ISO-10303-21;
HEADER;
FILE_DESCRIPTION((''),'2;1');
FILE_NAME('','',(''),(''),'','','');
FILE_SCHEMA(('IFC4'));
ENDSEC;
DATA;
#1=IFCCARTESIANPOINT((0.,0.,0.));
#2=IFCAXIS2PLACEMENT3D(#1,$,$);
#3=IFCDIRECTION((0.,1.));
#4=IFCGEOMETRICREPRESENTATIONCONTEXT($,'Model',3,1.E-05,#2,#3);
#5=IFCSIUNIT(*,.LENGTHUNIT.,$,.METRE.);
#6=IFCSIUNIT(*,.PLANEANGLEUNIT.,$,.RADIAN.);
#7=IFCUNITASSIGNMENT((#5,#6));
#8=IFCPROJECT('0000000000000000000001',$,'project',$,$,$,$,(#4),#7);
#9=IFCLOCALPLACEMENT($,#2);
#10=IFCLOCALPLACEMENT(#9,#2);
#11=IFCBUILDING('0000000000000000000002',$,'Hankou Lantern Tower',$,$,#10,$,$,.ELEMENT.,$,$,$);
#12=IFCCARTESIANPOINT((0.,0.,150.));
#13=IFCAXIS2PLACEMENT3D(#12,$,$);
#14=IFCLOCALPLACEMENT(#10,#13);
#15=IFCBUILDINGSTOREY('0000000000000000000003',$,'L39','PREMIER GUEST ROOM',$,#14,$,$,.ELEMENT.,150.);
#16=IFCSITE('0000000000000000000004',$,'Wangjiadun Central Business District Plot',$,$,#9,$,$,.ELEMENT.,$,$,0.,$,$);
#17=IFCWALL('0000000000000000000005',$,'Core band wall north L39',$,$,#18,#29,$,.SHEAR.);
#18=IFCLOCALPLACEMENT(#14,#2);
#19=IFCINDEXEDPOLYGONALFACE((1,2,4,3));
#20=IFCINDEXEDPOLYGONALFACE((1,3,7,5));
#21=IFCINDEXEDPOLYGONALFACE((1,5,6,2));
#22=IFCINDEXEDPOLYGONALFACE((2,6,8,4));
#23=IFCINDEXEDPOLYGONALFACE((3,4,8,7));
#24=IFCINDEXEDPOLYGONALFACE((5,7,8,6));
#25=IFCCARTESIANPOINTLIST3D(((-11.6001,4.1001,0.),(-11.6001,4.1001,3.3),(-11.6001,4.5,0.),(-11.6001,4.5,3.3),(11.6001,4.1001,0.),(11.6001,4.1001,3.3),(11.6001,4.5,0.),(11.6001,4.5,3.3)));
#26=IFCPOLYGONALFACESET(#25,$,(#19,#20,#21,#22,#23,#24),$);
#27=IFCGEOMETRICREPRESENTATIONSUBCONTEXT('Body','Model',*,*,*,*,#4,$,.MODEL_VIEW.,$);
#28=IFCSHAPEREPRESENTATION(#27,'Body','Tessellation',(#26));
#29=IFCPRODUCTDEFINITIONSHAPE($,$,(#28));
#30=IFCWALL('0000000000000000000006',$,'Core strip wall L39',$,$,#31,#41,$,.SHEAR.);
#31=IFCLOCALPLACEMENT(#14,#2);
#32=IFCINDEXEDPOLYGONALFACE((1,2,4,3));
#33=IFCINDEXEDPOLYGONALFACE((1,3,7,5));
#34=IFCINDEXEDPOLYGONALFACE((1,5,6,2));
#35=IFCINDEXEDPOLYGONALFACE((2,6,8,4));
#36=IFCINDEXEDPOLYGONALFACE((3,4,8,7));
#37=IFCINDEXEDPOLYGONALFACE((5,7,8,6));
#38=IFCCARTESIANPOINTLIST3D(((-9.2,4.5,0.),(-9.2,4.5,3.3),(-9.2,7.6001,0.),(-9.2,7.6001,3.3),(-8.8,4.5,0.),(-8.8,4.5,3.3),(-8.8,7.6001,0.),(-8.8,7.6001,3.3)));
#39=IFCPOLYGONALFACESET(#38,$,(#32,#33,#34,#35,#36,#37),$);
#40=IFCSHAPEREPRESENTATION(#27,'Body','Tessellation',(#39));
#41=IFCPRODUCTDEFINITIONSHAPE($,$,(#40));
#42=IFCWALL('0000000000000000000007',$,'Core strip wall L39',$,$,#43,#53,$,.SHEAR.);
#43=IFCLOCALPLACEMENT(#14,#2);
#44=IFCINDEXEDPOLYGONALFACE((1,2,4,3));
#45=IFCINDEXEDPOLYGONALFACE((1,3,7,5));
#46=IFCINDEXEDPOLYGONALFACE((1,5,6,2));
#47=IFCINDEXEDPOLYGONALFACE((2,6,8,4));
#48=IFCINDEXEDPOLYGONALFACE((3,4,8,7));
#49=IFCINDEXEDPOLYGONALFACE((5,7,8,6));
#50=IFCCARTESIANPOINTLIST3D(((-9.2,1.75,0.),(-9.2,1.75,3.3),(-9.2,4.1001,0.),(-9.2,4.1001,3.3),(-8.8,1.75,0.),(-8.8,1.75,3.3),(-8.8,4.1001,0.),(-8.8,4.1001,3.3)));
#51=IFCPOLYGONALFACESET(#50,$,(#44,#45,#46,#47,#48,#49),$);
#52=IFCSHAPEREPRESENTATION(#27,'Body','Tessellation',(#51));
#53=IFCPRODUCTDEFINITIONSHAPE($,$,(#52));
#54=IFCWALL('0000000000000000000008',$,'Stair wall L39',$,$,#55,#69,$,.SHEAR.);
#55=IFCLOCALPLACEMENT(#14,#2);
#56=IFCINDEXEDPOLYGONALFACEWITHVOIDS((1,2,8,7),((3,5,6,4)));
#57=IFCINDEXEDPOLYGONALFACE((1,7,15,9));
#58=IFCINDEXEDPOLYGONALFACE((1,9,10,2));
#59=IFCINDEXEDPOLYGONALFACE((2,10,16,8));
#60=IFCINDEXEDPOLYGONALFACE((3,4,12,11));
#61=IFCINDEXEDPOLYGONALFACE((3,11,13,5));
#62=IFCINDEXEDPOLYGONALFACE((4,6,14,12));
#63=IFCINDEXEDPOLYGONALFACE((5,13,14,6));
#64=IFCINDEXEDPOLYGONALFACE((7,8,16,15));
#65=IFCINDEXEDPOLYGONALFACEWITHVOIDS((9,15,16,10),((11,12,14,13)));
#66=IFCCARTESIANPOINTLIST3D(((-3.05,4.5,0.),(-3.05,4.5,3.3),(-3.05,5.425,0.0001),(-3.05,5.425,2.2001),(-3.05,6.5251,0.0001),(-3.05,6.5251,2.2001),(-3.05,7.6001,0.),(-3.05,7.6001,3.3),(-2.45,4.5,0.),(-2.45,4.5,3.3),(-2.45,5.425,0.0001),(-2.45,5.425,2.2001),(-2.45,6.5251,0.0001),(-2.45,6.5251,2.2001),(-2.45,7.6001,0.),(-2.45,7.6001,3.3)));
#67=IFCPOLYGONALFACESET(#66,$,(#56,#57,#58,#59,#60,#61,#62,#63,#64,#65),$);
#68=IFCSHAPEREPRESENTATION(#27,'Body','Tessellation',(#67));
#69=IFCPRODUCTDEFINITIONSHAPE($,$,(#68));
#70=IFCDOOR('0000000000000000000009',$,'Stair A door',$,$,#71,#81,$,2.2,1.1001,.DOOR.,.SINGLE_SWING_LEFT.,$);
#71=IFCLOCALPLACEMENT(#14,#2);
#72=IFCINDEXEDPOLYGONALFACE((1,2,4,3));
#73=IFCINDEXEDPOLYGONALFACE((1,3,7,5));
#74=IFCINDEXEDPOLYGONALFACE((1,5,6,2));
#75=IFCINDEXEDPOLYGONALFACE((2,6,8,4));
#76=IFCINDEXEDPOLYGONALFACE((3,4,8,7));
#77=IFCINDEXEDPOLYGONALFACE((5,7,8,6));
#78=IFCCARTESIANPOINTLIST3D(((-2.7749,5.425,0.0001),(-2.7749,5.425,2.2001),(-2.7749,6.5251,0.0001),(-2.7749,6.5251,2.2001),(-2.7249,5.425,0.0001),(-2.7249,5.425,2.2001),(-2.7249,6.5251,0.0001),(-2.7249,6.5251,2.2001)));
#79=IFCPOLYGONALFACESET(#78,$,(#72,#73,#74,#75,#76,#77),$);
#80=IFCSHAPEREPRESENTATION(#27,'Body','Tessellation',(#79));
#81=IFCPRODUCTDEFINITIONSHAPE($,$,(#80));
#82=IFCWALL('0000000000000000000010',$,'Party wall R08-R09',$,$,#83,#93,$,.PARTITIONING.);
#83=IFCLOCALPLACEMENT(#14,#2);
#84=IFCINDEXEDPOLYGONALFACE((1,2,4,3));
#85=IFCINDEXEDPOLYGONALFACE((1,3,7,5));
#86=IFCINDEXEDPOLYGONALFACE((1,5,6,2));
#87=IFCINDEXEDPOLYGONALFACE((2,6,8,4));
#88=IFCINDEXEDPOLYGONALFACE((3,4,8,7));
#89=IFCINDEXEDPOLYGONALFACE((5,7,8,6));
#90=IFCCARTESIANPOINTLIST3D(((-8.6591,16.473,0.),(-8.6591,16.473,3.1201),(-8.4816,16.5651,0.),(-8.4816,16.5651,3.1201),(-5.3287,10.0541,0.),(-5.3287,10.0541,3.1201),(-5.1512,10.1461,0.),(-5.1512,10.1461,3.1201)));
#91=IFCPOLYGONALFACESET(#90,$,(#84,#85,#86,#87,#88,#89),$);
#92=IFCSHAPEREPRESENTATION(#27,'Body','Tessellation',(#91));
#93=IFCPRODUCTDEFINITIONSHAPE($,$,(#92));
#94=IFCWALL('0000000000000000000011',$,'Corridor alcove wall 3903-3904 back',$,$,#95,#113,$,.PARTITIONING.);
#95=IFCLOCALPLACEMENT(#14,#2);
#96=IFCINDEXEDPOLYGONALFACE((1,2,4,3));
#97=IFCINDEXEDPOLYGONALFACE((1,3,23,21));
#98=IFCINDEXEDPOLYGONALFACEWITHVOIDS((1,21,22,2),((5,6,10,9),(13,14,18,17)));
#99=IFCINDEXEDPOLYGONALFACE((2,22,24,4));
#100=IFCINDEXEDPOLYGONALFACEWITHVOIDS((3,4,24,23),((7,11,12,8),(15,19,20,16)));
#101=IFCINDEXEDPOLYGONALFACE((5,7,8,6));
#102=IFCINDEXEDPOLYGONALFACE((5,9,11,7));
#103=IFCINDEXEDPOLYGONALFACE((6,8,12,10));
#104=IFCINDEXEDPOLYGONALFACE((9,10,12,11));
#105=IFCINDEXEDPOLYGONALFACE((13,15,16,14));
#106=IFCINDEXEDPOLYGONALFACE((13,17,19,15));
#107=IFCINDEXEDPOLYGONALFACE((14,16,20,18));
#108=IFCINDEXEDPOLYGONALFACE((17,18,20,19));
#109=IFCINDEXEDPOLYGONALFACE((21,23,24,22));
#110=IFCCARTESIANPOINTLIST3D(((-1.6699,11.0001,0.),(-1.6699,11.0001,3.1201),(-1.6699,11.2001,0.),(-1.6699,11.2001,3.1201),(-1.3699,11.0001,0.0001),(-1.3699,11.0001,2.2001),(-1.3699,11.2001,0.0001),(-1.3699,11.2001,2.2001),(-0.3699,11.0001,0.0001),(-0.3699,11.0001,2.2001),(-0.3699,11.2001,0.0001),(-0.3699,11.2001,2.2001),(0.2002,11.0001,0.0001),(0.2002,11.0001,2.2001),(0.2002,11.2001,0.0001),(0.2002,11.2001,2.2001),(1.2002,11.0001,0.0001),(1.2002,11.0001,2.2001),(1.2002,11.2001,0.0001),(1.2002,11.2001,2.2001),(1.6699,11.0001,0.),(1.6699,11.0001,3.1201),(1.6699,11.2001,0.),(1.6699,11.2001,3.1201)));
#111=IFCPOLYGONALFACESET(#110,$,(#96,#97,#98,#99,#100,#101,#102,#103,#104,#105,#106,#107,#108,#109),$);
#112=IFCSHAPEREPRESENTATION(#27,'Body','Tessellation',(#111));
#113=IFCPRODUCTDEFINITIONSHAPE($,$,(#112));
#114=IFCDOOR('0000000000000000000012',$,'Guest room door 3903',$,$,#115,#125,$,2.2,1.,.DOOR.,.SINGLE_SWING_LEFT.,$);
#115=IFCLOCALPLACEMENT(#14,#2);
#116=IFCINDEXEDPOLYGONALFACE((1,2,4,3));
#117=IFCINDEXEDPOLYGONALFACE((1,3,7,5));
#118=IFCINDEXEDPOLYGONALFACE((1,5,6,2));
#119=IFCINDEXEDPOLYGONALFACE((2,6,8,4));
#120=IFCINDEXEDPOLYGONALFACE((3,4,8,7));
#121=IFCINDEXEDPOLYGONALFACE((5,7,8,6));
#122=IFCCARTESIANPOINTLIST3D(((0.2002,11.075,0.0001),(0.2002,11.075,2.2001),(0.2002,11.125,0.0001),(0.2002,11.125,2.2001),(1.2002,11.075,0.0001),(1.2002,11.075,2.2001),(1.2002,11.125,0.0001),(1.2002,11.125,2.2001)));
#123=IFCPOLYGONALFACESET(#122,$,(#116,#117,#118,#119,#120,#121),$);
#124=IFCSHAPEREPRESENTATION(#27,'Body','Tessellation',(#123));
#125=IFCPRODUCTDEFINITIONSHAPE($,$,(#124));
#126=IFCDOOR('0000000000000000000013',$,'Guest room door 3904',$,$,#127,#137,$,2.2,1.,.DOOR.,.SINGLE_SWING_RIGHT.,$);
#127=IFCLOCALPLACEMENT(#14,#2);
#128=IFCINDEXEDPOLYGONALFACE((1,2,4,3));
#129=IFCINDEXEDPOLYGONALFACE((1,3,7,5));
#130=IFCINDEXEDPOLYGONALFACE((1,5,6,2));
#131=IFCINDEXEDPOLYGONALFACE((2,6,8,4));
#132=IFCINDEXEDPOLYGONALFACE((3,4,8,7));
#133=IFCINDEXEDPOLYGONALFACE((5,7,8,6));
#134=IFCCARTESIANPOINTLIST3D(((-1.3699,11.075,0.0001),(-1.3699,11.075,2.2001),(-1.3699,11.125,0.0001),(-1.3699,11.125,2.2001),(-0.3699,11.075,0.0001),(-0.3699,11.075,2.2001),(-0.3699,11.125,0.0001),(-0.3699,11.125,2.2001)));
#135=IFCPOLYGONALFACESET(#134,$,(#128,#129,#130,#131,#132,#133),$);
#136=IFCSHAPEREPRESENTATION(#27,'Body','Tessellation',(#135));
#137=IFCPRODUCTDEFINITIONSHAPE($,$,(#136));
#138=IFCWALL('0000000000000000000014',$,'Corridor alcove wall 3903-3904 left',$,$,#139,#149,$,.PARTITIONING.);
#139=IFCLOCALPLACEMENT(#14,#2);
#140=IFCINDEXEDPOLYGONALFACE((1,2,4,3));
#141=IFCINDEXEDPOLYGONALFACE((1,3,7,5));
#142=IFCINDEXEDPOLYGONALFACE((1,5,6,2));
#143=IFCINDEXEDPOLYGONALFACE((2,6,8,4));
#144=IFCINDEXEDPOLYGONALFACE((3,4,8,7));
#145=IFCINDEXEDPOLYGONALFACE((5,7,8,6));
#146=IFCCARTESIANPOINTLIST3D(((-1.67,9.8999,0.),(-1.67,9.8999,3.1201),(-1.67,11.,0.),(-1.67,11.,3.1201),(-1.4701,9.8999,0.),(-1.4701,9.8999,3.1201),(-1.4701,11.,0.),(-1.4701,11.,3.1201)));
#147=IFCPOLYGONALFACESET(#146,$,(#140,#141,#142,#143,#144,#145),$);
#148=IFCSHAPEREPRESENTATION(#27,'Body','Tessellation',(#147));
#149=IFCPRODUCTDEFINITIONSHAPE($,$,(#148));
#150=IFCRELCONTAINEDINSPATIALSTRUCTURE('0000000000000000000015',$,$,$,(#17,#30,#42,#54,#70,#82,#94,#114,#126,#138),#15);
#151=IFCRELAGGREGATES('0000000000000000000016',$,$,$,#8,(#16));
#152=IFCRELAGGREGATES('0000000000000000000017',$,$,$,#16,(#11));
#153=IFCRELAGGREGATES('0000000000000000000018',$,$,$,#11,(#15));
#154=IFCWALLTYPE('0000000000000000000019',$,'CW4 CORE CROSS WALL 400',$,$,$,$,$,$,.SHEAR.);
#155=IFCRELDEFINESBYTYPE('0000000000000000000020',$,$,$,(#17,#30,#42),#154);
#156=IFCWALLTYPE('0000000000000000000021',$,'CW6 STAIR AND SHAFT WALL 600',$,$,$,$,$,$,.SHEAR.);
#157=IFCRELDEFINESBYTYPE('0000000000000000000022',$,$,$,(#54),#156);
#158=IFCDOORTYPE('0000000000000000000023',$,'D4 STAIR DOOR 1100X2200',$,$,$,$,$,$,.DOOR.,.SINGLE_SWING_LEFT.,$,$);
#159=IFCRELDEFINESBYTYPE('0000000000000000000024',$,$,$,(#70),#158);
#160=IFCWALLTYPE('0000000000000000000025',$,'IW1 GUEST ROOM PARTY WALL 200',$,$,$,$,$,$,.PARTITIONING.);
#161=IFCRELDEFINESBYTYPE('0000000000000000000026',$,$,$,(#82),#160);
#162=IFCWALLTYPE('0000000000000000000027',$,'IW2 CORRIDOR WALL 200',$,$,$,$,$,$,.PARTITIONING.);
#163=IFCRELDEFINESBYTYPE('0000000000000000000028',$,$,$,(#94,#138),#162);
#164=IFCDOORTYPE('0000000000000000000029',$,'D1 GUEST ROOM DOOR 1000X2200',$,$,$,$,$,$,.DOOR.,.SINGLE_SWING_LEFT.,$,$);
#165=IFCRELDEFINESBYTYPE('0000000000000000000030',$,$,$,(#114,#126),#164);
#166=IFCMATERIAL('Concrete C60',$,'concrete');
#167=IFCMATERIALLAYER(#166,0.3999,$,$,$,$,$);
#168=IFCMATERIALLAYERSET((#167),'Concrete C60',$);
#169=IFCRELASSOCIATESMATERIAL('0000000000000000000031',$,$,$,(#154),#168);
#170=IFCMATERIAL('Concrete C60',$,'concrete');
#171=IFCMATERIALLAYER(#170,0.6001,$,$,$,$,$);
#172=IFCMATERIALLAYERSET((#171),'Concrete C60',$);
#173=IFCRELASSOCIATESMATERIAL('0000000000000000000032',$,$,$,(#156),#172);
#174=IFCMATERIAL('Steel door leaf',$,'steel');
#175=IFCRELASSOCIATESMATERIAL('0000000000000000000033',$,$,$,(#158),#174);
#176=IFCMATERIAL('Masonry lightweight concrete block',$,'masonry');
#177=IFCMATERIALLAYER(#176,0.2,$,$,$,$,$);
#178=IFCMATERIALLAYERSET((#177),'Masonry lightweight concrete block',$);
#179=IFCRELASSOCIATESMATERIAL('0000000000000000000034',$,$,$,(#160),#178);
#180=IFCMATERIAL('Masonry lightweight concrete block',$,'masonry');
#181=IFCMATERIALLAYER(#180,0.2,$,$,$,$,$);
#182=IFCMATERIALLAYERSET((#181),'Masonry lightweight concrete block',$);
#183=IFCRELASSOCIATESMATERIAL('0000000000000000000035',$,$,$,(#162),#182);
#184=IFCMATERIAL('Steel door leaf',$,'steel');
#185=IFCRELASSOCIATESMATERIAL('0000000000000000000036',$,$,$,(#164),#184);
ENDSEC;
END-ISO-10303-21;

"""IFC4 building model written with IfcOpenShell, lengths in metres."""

from ifc_helpers import new_model, si_unit, direction, frame, frame_2d, origin, place, context, subcontext, project, spatial, rectangle, extrude, material, layer, layer_set, type_object, element, fill, save


model = new_model("IFC4")

# Units and contexts
model_context = context("Model", 3, precision=1e-05, world=origin(), true_north=direction((0.0, 1.0)))
body_context = subcontext(model_context, "Body", "Model", "MODEL_VIEW")
ifc_project = project(units=[si_unit("LENGTHUNIT", "METRE"), si_unit("PLANEANGLEUNIT", "RADIAN")], contexts=[model_context])

# Site, building, storey
site_placement = place(None, origin())
site = spatial("IfcSite", under=ifc_project, at=site_placement, Name="Wangjiadun Central Business District Plot", CompositionType="ELEMENT", RefElevation=0.0)
building_placement = place(site_placement, origin())
building = spatial("IfcBuilding", under=site, at=building_placement, Name="Hankou Lantern Tower", CompositionType="ELEMENT")
storey_placement = place(building_placement, frame((0.0, 0.0, 150.0)))
storey = spatial("IfcBuildingStorey", under=building, at=storey_placement, Name="L39", Description="PREMIER GUEST ROOM", CompositionType="ELEMENT", Elevation=150.0)

# Walls
ifc_material_1 = material(Name="Concrete C60", Category="concrete")
ifc_layer_1 = layer(ifc_material_1, 0.3999)
ifc_layer_set_1 = layer_set([ifc_layer_1], Name="Concrete C60")
wall_type_1 = type_object("IfcWallType", Name="CW4 CORE CROSS WALL 400", PredefinedType="SHEAR", material=ifc_layer_set_1)
wall_1_placement = place(storey_placement, frame((-11.6001, 4.3, 0.0), z_axis=(0.0, 0.0, 1.0), x_axis=(1.0, 0.0, 0.0)))
element("IfcWall", 1, at=wall_1_placement, inside=storey, type_object=wall_type_1, Name="Core band wall north L39", PredefinedType="SHEAR", context=body_context, shape_type="SweptSolid", body=[
    extrude(rectangle(XDim=23.2002, YDim=0.3999, at=frame_2d((11.6001, 0.0))), origin(), (0.0, 0.0, 1.0), 3.3),
])
wall_2_placement = place(storey_placement, frame((-9.0, 4.5, 0.0), z_axis=(0.0, 0.0, 1.0), x_axis=(0.0, 1.0, 0.0)))
element("IfcWall", 2, at=wall_2_placement, inside=storey, type_object=wall_type_1, Name="Core strip wall L39", PredefinedType="SHEAR", context=body_context, shape_type="SweptSolid", body=[
    extrude(rectangle(XDim=3.1001, YDim=0.3999, at=frame_2d((1.55, 0.0))), origin(), (0.0, 0.0, 1.0), 3.3),
])
wall_3_placement = place(storey_placement, frame((-9.0, 1.75, 0.0), z_axis=(0.0, 0.0, 1.0), x_axis=(0.0, 1.0, 0.0)))
element("IfcWall", 3, at=wall_3_placement, inside=storey, type_object=wall_type_1, Name="Core strip wall L39", PredefinedType="SHEAR", context=body_context, shape_type="SweptSolid", body=[
    extrude(rectangle(XDim=2.3501, YDim=0.3999, at=frame_2d((1.175, 0.0))), origin(), (0.0, 0.0, 1.0), 3.3),
])

# Wall, opening, door
ifc_material_2 = material(Name="Concrete C60", Category="concrete")
ifc_layer_2 = layer(ifc_material_2, 0.6001)
ifc_layer_set_2 = layer_set([ifc_layer_2], Name="Concrete C60")
wall_type_2 = type_object("IfcWallType", Name="CW6 STAIR AND SHAFT WALL 600", PredefinedType="SHEAR", material=ifc_layer_set_2)
wall_4_placement = place(storey_placement, frame((-2.75, 4.5, 0.0), z_axis=(0.0, 0.0, 1.0), x_axis=(0.0, 1.0, 0.0)))
wall_4 = element("IfcWall", 4, at=wall_4_placement, inside=storey, type_object=wall_type_2, Name="Stair wall L39", PredefinedType="SHEAR", context=body_context, shape_type="SweptSolid", body=[
    extrude(rectangle(XDim=3.1001, YDim=0.6001, at=frame_2d((1.55, 0.0))), origin(), (0.0, 0.0, 1.0), 3.3),
])
opening_1_placement = place(wall_4_placement, frame((0.925, 0.0, 0.0)))
opening_1 = element("IfcOpeningElement", 5, at=opening_1_placement, cuts=wall_4, PredefinedType="OPENING", context=body_context, shape_type="SweptSolid", body=[
    extrude(rectangle(XDim=1.1001, YDim=2.2, at=frame_2d((0.55, 1.1001))), frame((0.0, 0.3101, 0.0), z_axis=(0.0, -1.0, 0.0), x_axis=(1.0, 0.0, 0.0)), (0.0, 0.0, 1.0), 0.6201),
])
ifc_material_3 = material(Name="Steel door leaf", Category="steel")
door_type_1 = type_object("IfcDoorType", Name="D4 STAIR DOOR 1100X2200", OperationType="SINGLE_SWING_LEFT", PredefinedType="DOOR", material=ifc_material_3)
door_1_placement = place(opening_1_placement, origin())
door_1 = element("IfcDoor", 6, at=door_1_placement, inside=storey, type_object=door_type_1, Name="Stair A door", OperationType="SINGLE_SWING_LEFT", OverallHeight=2.2, OverallWidth=1.1001, PredefinedType="DOOR", context=body_context, shape_type="SweptSolid", body=[
    extrude(rectangle(XDim=1.1001, YDim=2.2, at=frame_2d((0.55, 1.1001))), frame((0.0, 0.0249, 0.0), z_axis=(0.0, -1.0, 0.0), x_axis=(1.0, 0.0, 0.0)), (0.0, 0.0, 1.0), 0.05),
])
fill(opening_1, door_1)

# Wall
ifc_material_4 = material(Name="Masonry lightweight concrete block", Category="masonry")
ifc_layer_3 = layer(ifc_material_4, 0.2)
ifc_layer_set_3 = layer_set([ifc_layer_3], Name="Masonry lightweight concrete block")
wall_type_3 = type_object("IfcWallType", Name="IW1 GUEST ROOM PARTY WALL 200", PredefinedType="PARTITIONING", material=ifc_layer_set_3)
wall_5_placement = place(storey_placement, frame((-5.24, 10.1001, 0.0), z_axis=(0.0, 0.0, 1.0), x_axis=(-0.460533, 0.887643, 0.0)))
element("IfcWall", 7, at=wall_5_placement, inside=storey, type_object=wall_type_3, Name="Party wall R08-R09", PredefinedType="PARTITIONING", context=body_context, shape_type="SweptSolid", body=[
    extrude(rectangle(XDim=7.2314, YDim=0.2, at=frame_2d((3.6157, 0.0))), origin(), (0.0, 0.0, 1.0), 3.1201),
])

# Wall, openings, doors
ifc_material_5 = material(Name="Masonry lightweight concrete block", Category="masonry")
ifc_layer_4 = layer(ifc_material_5, 0.2)
ifc_layer_set_4 = layer_set([ifc_layer_4], Name="Masonry lightweight concrete block")
wall_type_4 = type_object("IfcWallType", Name="IW2 CORRIDOR WALL 200", PredefinedType="PARTITIONING", material=ifc_layer_set_4)
wall_6_placement = place(storey_placement, frame((-1.6699, 11.1001, 0.0), z_axis=(0.0, 0.0, 1.0), x_axis=(1.0, 0.0, 0.0)))
wall_6 = element("IfcWall", 8, at=wall_6_placement, inside=storey, type_object=wall_type_4, Name="Corridor alcove wall 3903-3904 back", PredefinedType="PARTITIONING", context=body_context, shape_type="SweptSolid", body=[
    extrude(rectangle(XDim=3.3398, YDim=0.2, at=frame_2d((1.6699, 0.0))), origin(), (0.0, 0.0, 1.0), 3.1201),
])
opening_2_placement = place(wall_6_placement, frame((1.8701, 0.0, 0.0)))
opening_2 = element("IfcOpeningElement", 9, at=opening_2_placement, cuts=wall_6, PredefinedType="OPENING", context=body_context, shape_type="SweptSolid", body=[
    extrude(rectangle(XDim=1.0, YDim=2.2, at=frame_2d((0.5, 1.1001))), frame((0.0, 0.1099, 0.0), z_axis=(0.0, -1.0, 0.0), x_axis=(1.0, 0.0, 0.0)), (0.0, 0.0, 1.0), 0.22),
])
opening_3_placement = place(wall_6_placement, frame((0.3, 0.0, 0.0)))
opening_3 = element("IfcOpeningElement", 10, at=opening_3_placement, cuts=wall_6, PredefinedType="OPENING", context=body_context, shape_type="SweptSolid", body=[
    extrude(rectangle(XDim=1.0, YDim=2.2, at=frame_2d((0.5, 1.1001))), frame((0.0, 0.1099, 0.0), z_axis=(0.0, -1.0, 0.0), x_axis=(1.0, 0.0, 0.0)), (0.0, 0.0, 1.0), 0.22),
])
ifc_material_6 = material(Name="Steel door leaf", Category="steel")
door_type_2 = type_object("IfcDoorType", Name="D1 GUEST ROOM DOOR 1000X2200", OperationType="SINGLE_SWING_LEFT", PredefinedType="DOOR", material=ifc_material_6)
door_2_placement = place(opening_2_placement, origin())
door_2 = element("IfcDoor", 11, at=door_2_placement, inside=storey, type_object=door_type_2, Name="Guest room door 3903", OperationType="SINGLE_SWING_LEFT", OverallHeight=2.2, OverallWidth=1.0, PredefinedType="DOOR", context=body_context, shape_type="SweptSolid", body=[
    extrude(rectangle(XDim=1.0, YDim=2.2, at=frame_2d((0.5, 1.1001))), frame((0.0, 0.0249, 0.0), z_axis=(0.0, -1.0, 0.0), x_axis=(1.0, 0.0, 0.0)), (0.0, 0.0, 1.0), 0.05),
])
fill(opening_2, door_2)
door_3_placement = place(opening_3_placement, origin())
door_3 = element("IfcDoor", 12, at=door_3_placement, inside=storey, type_object=door_type_2, Name="Guest room door 3904", OperationType="SINGLE_SWING_RIGHT", OverallHeight=2.2, OverallWidth=1.0, PredefinedType="DOOR", context=body_context, shape_type="SweptSolid", body=[
    extrude(rectangle(XDim=1.0, YDim=2.2, at=frame_2d((0.5, 1.1001))), frame((0.0, 0.0249, 0.0), z_axis=(0.0, -1.0, 0.0), x_axis=(1.0, 0.0, 0.0)), (0.0, 0.0, 1.0), 0.05),
])
fill(opening_3, door_3)

# Wall
wall_7_placement = place(storey_placement, frame((-1.5701, 9.8999, 0.0), z_axis=(0.0, 0.0, 1.0), x_axis=(0.0, 1.0, 0.0)))
element("IfcWall", 13, at=wall_7_placement, inside=storey, type_object=wall_type_4, Name="Corridor alcove wall 3903-3904 left", PredefinedType="PARTITIONING", context=body_context, shape_type="SweptSolid", body=[
    extrude(rectangle(XDim=1.1001, YDim=0.2, at=frame_2d((0.55, 0.0))), origin(), (0.0, 0.0, 1.0), 3.1201),
])

save(model, "model.ifc")
